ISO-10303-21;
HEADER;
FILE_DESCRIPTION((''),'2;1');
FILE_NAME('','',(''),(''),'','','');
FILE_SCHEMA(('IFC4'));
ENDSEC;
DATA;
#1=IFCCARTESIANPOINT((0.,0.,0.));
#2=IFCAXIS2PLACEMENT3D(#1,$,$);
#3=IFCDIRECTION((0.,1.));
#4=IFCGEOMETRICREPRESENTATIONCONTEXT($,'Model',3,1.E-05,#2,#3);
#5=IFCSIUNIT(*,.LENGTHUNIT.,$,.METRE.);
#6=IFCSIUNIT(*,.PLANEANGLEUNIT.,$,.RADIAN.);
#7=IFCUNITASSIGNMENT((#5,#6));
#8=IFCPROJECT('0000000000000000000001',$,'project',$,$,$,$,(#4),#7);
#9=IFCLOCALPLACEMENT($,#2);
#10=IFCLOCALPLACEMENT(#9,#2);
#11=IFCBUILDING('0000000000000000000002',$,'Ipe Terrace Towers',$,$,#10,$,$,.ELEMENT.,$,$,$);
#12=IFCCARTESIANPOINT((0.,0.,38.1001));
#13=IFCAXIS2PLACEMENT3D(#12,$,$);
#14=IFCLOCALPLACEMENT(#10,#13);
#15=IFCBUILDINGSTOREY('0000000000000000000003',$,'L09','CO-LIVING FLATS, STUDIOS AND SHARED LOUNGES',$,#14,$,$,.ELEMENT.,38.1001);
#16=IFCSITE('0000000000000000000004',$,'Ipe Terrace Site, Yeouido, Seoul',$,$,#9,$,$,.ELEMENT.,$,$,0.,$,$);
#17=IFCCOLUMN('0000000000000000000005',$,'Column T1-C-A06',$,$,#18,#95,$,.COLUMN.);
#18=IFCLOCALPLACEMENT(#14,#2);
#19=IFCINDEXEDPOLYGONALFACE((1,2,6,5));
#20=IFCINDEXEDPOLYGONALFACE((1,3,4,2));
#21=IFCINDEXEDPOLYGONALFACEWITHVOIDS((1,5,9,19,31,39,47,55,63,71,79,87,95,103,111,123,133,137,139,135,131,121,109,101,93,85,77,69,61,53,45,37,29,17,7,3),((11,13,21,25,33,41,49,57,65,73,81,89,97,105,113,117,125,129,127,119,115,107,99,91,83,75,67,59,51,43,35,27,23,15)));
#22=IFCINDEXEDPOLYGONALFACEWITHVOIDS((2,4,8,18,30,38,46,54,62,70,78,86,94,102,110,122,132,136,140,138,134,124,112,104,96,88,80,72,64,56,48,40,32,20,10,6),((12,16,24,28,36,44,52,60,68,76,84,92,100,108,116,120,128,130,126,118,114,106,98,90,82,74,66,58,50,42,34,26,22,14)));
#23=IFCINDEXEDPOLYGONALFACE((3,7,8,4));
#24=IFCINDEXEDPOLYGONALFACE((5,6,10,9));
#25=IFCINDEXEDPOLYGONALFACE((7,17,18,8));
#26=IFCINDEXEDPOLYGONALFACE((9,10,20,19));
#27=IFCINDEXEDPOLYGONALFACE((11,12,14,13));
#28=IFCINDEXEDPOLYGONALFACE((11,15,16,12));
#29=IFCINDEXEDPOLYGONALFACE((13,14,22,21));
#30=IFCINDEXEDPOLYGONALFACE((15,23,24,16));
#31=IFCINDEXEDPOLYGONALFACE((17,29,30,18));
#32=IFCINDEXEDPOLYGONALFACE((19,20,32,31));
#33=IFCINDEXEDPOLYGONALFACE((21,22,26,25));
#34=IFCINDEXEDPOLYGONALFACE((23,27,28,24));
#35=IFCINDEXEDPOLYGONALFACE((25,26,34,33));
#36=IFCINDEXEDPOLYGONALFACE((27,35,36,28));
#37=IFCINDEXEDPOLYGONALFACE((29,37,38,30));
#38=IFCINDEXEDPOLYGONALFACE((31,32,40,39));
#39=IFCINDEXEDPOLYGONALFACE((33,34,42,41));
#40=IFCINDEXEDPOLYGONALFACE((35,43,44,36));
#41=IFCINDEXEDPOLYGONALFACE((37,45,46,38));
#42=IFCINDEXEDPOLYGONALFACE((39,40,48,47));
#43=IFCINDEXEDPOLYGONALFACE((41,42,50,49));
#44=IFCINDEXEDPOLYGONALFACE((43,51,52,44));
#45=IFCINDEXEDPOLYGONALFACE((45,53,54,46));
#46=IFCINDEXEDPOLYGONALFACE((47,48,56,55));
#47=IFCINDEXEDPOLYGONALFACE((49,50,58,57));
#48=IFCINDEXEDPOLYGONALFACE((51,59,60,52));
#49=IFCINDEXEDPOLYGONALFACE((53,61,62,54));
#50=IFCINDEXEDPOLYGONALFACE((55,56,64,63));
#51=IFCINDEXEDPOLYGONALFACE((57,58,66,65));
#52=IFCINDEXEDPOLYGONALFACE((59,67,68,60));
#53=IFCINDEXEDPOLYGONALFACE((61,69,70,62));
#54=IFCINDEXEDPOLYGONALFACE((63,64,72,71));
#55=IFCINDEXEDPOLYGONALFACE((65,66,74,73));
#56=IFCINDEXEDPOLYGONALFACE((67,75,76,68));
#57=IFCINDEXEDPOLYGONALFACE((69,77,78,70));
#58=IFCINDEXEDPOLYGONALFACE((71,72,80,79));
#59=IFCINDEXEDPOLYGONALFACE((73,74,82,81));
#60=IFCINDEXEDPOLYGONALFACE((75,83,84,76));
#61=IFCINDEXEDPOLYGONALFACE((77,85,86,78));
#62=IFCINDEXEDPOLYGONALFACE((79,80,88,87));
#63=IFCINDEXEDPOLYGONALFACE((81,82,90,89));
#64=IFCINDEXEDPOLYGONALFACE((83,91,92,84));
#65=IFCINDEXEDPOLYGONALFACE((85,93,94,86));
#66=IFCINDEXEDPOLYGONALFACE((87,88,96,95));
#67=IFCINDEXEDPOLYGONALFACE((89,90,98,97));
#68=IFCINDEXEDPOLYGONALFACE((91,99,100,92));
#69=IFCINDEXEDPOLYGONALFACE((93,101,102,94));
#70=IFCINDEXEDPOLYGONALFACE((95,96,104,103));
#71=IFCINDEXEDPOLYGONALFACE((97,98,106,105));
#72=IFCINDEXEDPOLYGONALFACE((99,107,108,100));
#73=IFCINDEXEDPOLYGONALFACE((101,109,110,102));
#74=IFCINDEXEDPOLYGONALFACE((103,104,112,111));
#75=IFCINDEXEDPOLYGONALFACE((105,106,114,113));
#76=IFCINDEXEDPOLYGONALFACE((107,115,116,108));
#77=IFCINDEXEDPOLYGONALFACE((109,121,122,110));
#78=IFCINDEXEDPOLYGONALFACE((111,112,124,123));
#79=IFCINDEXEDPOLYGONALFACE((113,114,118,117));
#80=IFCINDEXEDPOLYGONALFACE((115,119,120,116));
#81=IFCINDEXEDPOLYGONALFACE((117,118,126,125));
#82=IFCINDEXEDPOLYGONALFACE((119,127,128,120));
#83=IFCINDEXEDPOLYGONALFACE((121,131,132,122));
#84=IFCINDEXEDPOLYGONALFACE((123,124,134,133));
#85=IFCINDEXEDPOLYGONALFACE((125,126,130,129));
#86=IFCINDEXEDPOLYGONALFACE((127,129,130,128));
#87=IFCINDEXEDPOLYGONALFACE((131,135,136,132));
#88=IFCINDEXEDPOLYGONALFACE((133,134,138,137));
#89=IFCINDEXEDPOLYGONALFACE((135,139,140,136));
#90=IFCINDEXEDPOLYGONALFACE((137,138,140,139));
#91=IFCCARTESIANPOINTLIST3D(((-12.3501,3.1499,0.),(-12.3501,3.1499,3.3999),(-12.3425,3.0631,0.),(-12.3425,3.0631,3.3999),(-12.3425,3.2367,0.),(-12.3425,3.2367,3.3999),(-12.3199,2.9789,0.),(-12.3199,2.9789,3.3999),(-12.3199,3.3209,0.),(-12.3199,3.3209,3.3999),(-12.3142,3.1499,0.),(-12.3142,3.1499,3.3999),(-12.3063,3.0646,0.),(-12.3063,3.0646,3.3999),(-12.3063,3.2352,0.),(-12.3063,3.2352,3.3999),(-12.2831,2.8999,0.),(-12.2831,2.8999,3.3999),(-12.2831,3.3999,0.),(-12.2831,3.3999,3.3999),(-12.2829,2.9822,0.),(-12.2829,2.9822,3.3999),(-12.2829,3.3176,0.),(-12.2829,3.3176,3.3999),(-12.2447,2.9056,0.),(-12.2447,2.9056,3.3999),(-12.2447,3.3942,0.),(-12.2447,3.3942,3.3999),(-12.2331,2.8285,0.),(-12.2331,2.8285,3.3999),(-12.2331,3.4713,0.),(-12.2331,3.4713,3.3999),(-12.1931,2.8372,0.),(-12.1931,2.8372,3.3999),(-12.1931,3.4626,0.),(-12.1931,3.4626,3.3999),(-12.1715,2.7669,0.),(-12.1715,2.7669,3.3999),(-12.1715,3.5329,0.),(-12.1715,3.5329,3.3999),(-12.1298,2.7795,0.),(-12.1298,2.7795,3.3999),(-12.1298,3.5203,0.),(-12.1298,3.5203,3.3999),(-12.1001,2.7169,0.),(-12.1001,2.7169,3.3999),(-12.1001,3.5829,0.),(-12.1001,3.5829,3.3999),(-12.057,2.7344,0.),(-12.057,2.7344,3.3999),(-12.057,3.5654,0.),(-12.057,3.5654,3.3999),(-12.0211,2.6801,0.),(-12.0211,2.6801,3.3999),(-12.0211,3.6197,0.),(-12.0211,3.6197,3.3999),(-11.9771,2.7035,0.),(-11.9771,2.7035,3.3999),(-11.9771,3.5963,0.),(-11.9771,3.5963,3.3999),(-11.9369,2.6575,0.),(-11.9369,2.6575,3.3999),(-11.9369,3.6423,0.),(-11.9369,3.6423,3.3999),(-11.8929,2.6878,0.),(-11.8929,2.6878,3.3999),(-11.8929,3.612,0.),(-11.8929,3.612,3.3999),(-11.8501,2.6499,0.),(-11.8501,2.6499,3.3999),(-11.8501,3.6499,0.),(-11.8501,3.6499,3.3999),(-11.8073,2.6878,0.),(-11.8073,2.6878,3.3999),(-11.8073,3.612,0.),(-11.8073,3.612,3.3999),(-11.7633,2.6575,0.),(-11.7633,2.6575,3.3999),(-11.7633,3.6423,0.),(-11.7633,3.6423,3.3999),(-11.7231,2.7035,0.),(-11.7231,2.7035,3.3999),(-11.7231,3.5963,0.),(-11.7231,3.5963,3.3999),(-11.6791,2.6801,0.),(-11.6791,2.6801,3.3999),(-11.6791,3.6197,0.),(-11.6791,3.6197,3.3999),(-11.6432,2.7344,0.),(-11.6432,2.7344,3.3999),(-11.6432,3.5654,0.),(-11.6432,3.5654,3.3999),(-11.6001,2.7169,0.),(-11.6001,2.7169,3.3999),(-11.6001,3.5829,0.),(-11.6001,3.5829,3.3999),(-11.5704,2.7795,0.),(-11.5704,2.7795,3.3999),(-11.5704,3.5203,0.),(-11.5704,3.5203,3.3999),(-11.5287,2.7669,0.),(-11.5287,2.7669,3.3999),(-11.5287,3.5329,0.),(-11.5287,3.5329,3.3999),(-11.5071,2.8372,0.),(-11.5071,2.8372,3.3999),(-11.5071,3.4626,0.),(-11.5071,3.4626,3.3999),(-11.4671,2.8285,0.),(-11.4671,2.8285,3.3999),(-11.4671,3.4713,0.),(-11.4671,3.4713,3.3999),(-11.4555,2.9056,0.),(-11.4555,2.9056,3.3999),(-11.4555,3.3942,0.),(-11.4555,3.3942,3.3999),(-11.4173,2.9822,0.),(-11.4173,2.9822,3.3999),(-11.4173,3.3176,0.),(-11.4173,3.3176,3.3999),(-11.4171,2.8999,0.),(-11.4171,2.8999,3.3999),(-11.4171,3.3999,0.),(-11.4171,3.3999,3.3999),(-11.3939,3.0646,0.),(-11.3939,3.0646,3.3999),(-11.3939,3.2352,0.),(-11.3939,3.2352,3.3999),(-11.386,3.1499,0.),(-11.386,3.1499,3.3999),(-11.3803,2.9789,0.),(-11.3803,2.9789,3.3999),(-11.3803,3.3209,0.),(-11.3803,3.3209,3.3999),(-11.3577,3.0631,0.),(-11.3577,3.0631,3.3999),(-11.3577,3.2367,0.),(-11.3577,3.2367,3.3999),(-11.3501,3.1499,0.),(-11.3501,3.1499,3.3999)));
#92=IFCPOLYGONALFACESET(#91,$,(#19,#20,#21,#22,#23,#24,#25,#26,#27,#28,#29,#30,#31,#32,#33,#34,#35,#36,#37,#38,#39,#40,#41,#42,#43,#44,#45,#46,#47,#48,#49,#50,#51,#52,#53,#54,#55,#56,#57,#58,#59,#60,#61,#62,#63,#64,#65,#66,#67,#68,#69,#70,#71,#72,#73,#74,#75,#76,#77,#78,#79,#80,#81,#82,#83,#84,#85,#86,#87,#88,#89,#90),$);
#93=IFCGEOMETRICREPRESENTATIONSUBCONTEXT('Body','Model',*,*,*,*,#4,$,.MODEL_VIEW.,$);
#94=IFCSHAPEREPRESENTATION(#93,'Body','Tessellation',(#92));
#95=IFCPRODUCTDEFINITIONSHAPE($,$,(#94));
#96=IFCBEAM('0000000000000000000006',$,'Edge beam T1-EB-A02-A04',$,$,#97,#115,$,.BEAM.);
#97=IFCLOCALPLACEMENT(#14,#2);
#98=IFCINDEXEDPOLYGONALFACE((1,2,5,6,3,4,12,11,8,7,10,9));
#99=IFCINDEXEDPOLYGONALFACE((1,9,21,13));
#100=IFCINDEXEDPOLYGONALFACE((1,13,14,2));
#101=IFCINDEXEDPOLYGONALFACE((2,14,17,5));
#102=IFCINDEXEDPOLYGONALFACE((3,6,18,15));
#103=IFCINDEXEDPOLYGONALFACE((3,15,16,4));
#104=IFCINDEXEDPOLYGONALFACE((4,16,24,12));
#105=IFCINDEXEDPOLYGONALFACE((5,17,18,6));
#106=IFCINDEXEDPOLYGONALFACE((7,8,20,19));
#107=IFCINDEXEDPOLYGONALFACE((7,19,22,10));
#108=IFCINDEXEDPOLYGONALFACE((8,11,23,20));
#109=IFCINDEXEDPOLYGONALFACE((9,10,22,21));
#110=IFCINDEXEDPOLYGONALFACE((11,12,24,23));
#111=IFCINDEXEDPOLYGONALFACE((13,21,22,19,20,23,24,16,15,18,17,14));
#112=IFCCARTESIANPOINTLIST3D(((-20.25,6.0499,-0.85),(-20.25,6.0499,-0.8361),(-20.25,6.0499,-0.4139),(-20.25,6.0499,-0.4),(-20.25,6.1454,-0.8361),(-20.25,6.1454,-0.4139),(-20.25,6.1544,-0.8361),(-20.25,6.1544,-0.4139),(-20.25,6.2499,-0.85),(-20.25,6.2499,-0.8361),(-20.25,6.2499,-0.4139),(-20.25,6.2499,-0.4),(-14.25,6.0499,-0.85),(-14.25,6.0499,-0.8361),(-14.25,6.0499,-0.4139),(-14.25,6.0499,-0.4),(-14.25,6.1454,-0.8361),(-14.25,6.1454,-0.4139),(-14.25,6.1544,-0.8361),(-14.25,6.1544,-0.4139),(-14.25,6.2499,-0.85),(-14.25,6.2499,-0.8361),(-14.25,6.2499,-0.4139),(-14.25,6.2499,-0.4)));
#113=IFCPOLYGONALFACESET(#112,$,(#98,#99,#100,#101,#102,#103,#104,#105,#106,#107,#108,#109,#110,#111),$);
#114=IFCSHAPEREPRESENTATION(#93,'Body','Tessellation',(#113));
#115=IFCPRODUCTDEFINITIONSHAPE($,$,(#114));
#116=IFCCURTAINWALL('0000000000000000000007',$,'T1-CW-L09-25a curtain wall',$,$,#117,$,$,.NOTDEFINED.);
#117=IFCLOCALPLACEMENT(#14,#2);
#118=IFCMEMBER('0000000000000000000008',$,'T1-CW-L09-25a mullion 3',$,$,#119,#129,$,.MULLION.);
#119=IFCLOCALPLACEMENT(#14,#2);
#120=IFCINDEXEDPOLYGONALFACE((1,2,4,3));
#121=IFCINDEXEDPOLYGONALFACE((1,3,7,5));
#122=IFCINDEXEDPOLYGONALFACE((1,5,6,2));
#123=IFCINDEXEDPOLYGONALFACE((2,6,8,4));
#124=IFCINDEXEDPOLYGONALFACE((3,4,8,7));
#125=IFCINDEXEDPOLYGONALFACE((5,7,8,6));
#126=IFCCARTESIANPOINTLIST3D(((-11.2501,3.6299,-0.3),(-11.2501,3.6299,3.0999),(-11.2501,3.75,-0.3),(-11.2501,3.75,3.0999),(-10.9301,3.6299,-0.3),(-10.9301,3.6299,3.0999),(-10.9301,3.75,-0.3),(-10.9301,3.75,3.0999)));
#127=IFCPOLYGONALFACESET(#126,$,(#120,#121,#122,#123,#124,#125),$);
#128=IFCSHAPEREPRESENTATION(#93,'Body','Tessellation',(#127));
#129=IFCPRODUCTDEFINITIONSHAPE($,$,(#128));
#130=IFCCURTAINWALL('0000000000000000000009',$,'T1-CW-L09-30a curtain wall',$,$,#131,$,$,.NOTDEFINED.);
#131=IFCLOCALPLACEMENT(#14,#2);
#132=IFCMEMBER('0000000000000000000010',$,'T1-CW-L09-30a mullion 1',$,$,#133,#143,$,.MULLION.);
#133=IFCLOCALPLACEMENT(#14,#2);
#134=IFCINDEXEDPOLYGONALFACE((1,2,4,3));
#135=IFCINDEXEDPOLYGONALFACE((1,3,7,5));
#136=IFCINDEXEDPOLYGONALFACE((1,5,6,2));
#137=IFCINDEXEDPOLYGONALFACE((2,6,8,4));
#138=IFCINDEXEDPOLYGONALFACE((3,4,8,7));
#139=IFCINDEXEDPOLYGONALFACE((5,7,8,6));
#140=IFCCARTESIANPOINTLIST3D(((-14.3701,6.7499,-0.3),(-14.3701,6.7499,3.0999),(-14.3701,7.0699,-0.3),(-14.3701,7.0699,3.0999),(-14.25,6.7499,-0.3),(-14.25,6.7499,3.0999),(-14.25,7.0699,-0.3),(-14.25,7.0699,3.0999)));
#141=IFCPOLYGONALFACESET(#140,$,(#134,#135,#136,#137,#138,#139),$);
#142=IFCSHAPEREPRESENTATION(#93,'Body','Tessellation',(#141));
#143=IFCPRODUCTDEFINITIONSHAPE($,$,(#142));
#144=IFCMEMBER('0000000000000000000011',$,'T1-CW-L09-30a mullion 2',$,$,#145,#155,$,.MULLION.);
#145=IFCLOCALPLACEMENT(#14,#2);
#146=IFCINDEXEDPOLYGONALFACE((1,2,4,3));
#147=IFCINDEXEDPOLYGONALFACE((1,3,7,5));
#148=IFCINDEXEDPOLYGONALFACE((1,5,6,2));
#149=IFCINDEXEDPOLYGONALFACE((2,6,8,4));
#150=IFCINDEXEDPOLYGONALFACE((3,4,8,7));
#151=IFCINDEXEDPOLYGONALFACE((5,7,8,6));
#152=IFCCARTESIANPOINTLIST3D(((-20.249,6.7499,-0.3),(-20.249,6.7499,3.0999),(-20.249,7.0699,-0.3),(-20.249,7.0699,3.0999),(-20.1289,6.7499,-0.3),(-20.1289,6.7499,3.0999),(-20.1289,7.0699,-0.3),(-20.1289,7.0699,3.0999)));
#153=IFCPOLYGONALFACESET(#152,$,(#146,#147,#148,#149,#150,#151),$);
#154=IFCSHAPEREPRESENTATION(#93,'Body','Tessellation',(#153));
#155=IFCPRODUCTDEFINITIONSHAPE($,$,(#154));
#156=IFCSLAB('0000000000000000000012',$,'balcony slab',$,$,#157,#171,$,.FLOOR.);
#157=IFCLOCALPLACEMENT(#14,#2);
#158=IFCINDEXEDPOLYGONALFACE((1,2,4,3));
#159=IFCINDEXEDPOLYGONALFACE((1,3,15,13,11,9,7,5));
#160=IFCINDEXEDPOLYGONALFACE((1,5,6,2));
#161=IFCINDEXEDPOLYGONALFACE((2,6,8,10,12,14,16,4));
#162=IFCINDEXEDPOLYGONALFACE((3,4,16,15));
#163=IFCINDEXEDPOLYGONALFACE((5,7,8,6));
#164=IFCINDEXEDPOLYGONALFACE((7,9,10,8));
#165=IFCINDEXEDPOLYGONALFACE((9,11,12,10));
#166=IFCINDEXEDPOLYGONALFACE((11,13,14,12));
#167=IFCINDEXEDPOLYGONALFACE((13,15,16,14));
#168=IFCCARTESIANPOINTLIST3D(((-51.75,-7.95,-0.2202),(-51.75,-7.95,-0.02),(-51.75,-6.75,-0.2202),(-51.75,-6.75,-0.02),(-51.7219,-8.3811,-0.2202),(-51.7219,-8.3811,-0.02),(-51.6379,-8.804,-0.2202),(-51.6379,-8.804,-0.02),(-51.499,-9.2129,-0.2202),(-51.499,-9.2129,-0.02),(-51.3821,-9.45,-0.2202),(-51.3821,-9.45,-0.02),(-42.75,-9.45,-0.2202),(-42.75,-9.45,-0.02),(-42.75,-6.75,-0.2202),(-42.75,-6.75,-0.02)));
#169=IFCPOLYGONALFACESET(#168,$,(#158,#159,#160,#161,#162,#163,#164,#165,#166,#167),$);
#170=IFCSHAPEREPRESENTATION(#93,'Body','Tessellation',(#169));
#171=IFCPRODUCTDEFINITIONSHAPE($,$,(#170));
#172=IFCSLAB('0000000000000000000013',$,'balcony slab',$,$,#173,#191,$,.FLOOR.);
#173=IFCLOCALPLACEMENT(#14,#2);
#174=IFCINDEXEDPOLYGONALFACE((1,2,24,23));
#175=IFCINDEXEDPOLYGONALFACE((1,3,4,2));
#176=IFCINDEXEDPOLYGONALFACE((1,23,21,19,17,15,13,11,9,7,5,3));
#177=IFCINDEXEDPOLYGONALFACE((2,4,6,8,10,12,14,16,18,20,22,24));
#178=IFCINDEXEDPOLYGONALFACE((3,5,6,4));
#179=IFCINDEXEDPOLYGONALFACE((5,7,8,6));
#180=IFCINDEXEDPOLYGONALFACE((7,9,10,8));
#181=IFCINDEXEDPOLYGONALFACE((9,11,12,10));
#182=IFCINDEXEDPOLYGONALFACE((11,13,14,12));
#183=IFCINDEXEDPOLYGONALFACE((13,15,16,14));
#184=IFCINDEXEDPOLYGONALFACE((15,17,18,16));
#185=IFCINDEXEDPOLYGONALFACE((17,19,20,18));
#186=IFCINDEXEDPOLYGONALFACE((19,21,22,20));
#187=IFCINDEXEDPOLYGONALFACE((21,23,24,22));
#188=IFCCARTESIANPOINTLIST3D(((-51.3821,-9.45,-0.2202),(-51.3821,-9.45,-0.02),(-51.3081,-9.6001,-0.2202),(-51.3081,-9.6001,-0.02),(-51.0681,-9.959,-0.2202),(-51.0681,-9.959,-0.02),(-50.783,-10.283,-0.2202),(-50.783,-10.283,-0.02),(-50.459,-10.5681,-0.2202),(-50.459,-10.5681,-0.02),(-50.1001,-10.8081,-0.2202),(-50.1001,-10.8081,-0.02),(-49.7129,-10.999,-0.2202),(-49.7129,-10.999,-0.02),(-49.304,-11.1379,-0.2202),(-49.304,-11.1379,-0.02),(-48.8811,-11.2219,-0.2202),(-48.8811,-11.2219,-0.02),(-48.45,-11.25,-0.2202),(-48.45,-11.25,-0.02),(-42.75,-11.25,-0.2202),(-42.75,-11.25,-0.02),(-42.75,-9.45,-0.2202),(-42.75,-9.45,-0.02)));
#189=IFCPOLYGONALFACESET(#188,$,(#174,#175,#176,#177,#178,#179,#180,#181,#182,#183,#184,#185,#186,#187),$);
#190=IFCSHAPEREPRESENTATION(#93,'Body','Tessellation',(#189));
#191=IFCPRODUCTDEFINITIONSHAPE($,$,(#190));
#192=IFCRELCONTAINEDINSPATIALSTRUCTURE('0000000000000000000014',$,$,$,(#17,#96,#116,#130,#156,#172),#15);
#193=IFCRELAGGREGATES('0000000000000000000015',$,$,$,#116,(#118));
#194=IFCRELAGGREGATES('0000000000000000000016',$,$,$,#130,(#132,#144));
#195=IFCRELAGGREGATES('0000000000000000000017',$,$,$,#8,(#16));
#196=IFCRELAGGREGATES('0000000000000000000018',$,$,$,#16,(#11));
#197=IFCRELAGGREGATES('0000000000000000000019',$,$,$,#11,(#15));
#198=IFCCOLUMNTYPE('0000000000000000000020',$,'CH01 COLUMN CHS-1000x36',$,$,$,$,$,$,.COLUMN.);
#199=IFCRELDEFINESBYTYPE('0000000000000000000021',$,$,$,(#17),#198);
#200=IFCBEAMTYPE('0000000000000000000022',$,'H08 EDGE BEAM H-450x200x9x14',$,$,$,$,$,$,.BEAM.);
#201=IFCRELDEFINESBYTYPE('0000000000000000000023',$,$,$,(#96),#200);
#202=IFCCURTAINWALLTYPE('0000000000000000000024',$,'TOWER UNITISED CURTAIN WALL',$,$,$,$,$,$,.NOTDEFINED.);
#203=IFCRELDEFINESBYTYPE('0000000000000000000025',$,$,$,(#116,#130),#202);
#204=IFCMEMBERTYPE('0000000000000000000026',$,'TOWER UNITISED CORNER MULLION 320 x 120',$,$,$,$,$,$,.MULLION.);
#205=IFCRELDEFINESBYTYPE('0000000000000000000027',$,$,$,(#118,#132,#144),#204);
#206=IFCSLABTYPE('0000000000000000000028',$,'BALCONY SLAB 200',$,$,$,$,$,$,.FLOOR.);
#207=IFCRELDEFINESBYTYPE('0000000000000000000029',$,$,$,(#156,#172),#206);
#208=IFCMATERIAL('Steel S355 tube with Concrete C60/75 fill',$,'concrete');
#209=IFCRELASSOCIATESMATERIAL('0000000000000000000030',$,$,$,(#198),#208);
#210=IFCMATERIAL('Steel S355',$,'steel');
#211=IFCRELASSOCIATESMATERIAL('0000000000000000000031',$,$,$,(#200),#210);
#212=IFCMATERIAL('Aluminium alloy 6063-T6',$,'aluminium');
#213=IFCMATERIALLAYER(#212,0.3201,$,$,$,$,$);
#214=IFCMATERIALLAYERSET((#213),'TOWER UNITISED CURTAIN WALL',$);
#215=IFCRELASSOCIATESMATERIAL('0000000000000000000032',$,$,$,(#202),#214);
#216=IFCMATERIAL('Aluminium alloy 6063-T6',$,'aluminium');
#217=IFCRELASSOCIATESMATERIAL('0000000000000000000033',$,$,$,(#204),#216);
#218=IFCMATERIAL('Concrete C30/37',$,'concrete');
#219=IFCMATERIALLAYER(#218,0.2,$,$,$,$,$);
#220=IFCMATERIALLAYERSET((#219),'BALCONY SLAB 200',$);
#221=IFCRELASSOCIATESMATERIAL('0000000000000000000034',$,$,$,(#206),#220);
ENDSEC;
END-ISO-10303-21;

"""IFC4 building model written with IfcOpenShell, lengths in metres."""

from ifc_helpers import new_model, si_unit, direction, frame, origin, origin_2d, place, context, subcontext, project, spatial, polyline, rectangle, hollow_circle, i_section, outline, extrude, material, layer, layer_set, material_profile, profile_set, type_object, element, aggregate, save


model = new_model("IFC4")

# Units and contexts
model_context = context("Model", 3, precision=1e-05, world=origin(), true_north=direction((0.0, 1.0)))
body_context = subcontext(model_context, "Body", "Model", "MODEL_VIEW")
ifc_project = project(units=[si_unit("LENGTHUNIT", "METRE"), si_unit("PLANEANGLEUNIT", "RADIAN")], contexts=[model_context])

# Site, building, storey
site_placement = place(None, origin())
site = spatial("IfcSite", under=ifc_project, at=site_placement, Name="Ipe Terrace Site, Yeouido, Seoul", CompositionType="ELEMENT", RefElevation=0.0)
building_placement = place(site_placement, origin())
building = spatial("IfcBuilding", under=site, at=building_placement, Name="Ipe Terrace Towers", CompositionType="ELEMENT")
storey_placement = place(building_placement, frame((0.0, 0.0, 38.1001)))
storey = spatial("IfcBuildingStorey", under=building, at=storey_placement, Name="L09", Description="CO-LIVING FLATS, STUDIOS AND SHARED LOUNGES", CompositionType="ELEMENT", Elevation=38.1001)

# Column
ifc_material_1 = material(Name="Steel S355 tube with Concrete C60/75 fill", Category="concrete")
ifc_material_profile_1 = material_profile(ifc_material_1, hollow_circle(Radius=0.5, WallThickness=0.0359, at=origin_2d()), Name="CHS-1000x36")
ifc_profile_set_1 = profile_set([ifc_material_profile_1], Name="Steel S355 tube with Concrete C60/75 fill")
column_type = type_object("IfcColumnType", Name="CH01 COLUMN CHS-1000x36", PredefinedType="COLUMN", material=ifc_profile_set_1)
for number, where, z_axis, x_axis, name in (
    (1, (-11.8501, 3.1499, 0.0), (0.0, 0.0, 1.0), (1.0, 0.0, 0.0), "Column T1-C-A06"),
):
    element("IfcColumn", number, at=place(storey_placement, frame(where, z_axis=z_axis, x_axis=x_axis)), inside=storey, type_object=column_type, Name=name, PredefinedType="COLUMN", context=body_context, shape_type="SweptSolid", body=[
        extrude(hollow_circle(Radius=0.5, WallThickness=0.0359, at=origin_2d()), origin(), (0.0, 0.0, 1.0), 3.3999),
    ])

# Beam
ifc_material_2 = material(Name="Steel S355", Category="steel")
ifc_material_profile_2 = material_profile(ifc_material_2, i_section(OverallWidth=0.2, OverallDepth=0.45, WebThickness=0.009, FlangeThickness=0.0139, at=origin_2d()), Name="H-450x200x9x14")
ifc_profile_set_2 = profile_set([ifc_material_profile_2], Name="Steel S355")
beam_type = type_object("IfcBeamType", Name="H08 EDGE BEAM H-450x200x9x14", PredefinedType="BEAM", material=ifc_profile_set_2)
beam_placement = place(storey_placement, frame((-20.25, 6.1499, -0.625), z_axis=(1.0, 0.0, 0.0), x_axis=(0.0, 1.0, 0.0)))
element("IfcBeam", 2, at=beam_placement, inside=storey, type_object=beam_type, Name="Edge beam T1-EB-A02-A04", PredefinedType="BEAM", context=body_context, shape_type="SweptSolid", body=[
    extrude(i_section(OverallWidth=0.2, OverallDepth=0.45, WebThickness=0.009, FlangeThickness=0.0139, at=origin_2d()), origin(), (0.0, 0.0, 1.0), 6.0),
])

# Curtain wall, member
ifc_material_3 = material(Name="Aluminium alloy 6063-T6", Category="aluminium")
ifc_layer_1 = layer(ifc_material_3, 0.3201)
ifc_layer_set_1 = layer_set([ifc_layer_1], Name="TOWER UNITISED CURTAIN WALL")
curtain_wall_type = type_object("IfcCurtainWallType", Name="TOWER UNITISED CURTAIN WALL", PredefinedType="NOTDEFINED", material=ifc_layer_set_1)
curtain_wall_1_placement = place(storey_placement, origin())
curtain_wall_1 = element("IfcCurtainWall", 3, at=curtain_wall_1_placement, inside=storey, type_object=curtain_wall_type, Name="T1-CW-L09-25a curtain wall", PredefinedType="NOTDEFINED")
ifc_material_4 = material(Name="Aluminium alloy 6063-T6", Category="aluminium")
ifc_material_profile_3 = material_profile(ifc_material_4, rectangle(XDim=0.3201, YDim=0.1201, at=origin_2d()), Name="TOWER UNITISED CORNER MULLION 320 x 120")
ifc_profile_set_3 = profile_set([ifc_material_profile_3], Name="Aluminium alloy 6063-T6")
member_type = type_object("IfcMemberType", Name="TOWER UNITISED CORNER MULLION 320 x 120", PredefinedType="MULLION", material=ifc_profile_set_3)
member_1_placement = place(storey_placement, frame((-11.0901, 3.6899, -0.3), z_axis=(0.0, 0.0, 1.0), x_axis=(1.0, 0.0, 0.0)))
member_1 = element("IfcMember", 4, at=member_1_placement, type_object=member_type, Name="T1-CW-L09-25a mullion 3", PredefinedType="MULLION", context=body_context, shape_type="SweptSolid", body=[
    extrude(rectangle(XDim=0.3201, YDim=0.1201, at=origin_2d()), origin(), (0.0, 0.0, 1.0), 3.3999),
])

# Curtain wall, members
curtain_wall_2_placement = place(storey_placement, origin())
curtain_wall_2 = element("IfcCurtainWall", 5, at=curtain_wall_2_placement, inside=storey, type_object=curtain_wall_type, Name="T1-CW-L09-30a curtain wall", PredefinedType="NOTDEFINED")
member_2_placement = place(storey_placement, frame((-14.3101, 6.9099, -0.3), z_axis=(0.0, 0.0, 1.0), x_axis=(0.0, 1.0, 0.0)))
member_2 = element("IfcMember", 6, at=member_2_placement, type_object=member_type, Name="T1-CW-L09-30a mullion 1", PredefinedType="MULLION", context=body_context, shape_type="SweptSolid", body=[
    extrude(rectangle(XDim=0.3201, YDim=0.1201, at=origin_2d()), origin(), (0.0, 0.0, 1.0), 3.3999),
])
member_3_placement = place(storey_placement, frame((-20.189, 6.9099, -0.3), z_axis=(0.0, 0.0, 1.0), x_axis=(0.0, 1.0, 0.0)))
member_3 = element("IfcMember", 7, at=member_3_placement, type_object=member_type, Name="T1-CW-L09-30a mullion 2", PredefinedType="MULLION", context=body_context, shape_type="SweptSolid", body=[
    extrude(rectangle(XDim=0.3201, YDim=0.1201, at=origin_2d()), origin(), (0.0, 0.0, 1.0), 3.3999),
])

# Slabs
ifc_material_5 = material(Name="Concrete C30/37", Category="concrete")
ifc_layer_2 = layer(ifc_material_5, 0.2)
ifc_layer_set_2 = layer_set([ifc_layer_2], Name="BALCONY SLAB 200")
slab_type_1 = type_object("IfcSlabType", Name="BALCONY SLAB 200", PredefinedType="FLOOR", material=ifc_layer_set_2)
slab_1_placement = place(storey_placement, frame((0.0, 0.0, -0.2202)))
element("IfcSlab", 8, at=slab_1_placement, inside=storey, type_object=slab_type_1, Name="balcony slab", PredefinedType="FLOOR", context=body_context, shape_type="SweptSolid", body=[
    extrude(outline(polyline([(-51.499, -9.2129), (-51.3821, -9.45), (-42.75, -9.45), (-42.75, -6.75), (-51.75, -6.75), (-51.75, -7.95), (-51.7219, -8.3811), (-51.6379, -8.804), (-51.499, -9.2129)])), origin(), (0.0, 0.0, 1.0), 0.2002),
])
slab_2_placement = place(storey_placement, frame((0.0, 0.0, -0.2202)))
element("IfcSlab", 9, at=slab_2_placement, inside=storey, type_object=slab_type_1, Name="balcony slab", PredefinedType="FLOOR", context=body_context, shape_type="SweptSolid", body=[
    extrude(outline(polyline([(-42.75, -11.25), (-42.75, -9.45), (-51.3821, -9.45), (-51.3081, -9.6001), (-51.0681, -9.959), (-50.783, -10.283), (-50.459, -10.5681), (-50.1001, -10.8081), (-49.7129, -10.999), (-49.304, -11.1379), (-48.8811, -11.2219), (-48.45, -11.25), (-42.75, -11.25)])), origin(), (0.0, 0.0, 1.0), 0.2002),
])

aggregate(curtain_wall_1, [member_1])
aggregate(curtain_wall_2, [member_2, member_3])

save(model, "model.ifc")
